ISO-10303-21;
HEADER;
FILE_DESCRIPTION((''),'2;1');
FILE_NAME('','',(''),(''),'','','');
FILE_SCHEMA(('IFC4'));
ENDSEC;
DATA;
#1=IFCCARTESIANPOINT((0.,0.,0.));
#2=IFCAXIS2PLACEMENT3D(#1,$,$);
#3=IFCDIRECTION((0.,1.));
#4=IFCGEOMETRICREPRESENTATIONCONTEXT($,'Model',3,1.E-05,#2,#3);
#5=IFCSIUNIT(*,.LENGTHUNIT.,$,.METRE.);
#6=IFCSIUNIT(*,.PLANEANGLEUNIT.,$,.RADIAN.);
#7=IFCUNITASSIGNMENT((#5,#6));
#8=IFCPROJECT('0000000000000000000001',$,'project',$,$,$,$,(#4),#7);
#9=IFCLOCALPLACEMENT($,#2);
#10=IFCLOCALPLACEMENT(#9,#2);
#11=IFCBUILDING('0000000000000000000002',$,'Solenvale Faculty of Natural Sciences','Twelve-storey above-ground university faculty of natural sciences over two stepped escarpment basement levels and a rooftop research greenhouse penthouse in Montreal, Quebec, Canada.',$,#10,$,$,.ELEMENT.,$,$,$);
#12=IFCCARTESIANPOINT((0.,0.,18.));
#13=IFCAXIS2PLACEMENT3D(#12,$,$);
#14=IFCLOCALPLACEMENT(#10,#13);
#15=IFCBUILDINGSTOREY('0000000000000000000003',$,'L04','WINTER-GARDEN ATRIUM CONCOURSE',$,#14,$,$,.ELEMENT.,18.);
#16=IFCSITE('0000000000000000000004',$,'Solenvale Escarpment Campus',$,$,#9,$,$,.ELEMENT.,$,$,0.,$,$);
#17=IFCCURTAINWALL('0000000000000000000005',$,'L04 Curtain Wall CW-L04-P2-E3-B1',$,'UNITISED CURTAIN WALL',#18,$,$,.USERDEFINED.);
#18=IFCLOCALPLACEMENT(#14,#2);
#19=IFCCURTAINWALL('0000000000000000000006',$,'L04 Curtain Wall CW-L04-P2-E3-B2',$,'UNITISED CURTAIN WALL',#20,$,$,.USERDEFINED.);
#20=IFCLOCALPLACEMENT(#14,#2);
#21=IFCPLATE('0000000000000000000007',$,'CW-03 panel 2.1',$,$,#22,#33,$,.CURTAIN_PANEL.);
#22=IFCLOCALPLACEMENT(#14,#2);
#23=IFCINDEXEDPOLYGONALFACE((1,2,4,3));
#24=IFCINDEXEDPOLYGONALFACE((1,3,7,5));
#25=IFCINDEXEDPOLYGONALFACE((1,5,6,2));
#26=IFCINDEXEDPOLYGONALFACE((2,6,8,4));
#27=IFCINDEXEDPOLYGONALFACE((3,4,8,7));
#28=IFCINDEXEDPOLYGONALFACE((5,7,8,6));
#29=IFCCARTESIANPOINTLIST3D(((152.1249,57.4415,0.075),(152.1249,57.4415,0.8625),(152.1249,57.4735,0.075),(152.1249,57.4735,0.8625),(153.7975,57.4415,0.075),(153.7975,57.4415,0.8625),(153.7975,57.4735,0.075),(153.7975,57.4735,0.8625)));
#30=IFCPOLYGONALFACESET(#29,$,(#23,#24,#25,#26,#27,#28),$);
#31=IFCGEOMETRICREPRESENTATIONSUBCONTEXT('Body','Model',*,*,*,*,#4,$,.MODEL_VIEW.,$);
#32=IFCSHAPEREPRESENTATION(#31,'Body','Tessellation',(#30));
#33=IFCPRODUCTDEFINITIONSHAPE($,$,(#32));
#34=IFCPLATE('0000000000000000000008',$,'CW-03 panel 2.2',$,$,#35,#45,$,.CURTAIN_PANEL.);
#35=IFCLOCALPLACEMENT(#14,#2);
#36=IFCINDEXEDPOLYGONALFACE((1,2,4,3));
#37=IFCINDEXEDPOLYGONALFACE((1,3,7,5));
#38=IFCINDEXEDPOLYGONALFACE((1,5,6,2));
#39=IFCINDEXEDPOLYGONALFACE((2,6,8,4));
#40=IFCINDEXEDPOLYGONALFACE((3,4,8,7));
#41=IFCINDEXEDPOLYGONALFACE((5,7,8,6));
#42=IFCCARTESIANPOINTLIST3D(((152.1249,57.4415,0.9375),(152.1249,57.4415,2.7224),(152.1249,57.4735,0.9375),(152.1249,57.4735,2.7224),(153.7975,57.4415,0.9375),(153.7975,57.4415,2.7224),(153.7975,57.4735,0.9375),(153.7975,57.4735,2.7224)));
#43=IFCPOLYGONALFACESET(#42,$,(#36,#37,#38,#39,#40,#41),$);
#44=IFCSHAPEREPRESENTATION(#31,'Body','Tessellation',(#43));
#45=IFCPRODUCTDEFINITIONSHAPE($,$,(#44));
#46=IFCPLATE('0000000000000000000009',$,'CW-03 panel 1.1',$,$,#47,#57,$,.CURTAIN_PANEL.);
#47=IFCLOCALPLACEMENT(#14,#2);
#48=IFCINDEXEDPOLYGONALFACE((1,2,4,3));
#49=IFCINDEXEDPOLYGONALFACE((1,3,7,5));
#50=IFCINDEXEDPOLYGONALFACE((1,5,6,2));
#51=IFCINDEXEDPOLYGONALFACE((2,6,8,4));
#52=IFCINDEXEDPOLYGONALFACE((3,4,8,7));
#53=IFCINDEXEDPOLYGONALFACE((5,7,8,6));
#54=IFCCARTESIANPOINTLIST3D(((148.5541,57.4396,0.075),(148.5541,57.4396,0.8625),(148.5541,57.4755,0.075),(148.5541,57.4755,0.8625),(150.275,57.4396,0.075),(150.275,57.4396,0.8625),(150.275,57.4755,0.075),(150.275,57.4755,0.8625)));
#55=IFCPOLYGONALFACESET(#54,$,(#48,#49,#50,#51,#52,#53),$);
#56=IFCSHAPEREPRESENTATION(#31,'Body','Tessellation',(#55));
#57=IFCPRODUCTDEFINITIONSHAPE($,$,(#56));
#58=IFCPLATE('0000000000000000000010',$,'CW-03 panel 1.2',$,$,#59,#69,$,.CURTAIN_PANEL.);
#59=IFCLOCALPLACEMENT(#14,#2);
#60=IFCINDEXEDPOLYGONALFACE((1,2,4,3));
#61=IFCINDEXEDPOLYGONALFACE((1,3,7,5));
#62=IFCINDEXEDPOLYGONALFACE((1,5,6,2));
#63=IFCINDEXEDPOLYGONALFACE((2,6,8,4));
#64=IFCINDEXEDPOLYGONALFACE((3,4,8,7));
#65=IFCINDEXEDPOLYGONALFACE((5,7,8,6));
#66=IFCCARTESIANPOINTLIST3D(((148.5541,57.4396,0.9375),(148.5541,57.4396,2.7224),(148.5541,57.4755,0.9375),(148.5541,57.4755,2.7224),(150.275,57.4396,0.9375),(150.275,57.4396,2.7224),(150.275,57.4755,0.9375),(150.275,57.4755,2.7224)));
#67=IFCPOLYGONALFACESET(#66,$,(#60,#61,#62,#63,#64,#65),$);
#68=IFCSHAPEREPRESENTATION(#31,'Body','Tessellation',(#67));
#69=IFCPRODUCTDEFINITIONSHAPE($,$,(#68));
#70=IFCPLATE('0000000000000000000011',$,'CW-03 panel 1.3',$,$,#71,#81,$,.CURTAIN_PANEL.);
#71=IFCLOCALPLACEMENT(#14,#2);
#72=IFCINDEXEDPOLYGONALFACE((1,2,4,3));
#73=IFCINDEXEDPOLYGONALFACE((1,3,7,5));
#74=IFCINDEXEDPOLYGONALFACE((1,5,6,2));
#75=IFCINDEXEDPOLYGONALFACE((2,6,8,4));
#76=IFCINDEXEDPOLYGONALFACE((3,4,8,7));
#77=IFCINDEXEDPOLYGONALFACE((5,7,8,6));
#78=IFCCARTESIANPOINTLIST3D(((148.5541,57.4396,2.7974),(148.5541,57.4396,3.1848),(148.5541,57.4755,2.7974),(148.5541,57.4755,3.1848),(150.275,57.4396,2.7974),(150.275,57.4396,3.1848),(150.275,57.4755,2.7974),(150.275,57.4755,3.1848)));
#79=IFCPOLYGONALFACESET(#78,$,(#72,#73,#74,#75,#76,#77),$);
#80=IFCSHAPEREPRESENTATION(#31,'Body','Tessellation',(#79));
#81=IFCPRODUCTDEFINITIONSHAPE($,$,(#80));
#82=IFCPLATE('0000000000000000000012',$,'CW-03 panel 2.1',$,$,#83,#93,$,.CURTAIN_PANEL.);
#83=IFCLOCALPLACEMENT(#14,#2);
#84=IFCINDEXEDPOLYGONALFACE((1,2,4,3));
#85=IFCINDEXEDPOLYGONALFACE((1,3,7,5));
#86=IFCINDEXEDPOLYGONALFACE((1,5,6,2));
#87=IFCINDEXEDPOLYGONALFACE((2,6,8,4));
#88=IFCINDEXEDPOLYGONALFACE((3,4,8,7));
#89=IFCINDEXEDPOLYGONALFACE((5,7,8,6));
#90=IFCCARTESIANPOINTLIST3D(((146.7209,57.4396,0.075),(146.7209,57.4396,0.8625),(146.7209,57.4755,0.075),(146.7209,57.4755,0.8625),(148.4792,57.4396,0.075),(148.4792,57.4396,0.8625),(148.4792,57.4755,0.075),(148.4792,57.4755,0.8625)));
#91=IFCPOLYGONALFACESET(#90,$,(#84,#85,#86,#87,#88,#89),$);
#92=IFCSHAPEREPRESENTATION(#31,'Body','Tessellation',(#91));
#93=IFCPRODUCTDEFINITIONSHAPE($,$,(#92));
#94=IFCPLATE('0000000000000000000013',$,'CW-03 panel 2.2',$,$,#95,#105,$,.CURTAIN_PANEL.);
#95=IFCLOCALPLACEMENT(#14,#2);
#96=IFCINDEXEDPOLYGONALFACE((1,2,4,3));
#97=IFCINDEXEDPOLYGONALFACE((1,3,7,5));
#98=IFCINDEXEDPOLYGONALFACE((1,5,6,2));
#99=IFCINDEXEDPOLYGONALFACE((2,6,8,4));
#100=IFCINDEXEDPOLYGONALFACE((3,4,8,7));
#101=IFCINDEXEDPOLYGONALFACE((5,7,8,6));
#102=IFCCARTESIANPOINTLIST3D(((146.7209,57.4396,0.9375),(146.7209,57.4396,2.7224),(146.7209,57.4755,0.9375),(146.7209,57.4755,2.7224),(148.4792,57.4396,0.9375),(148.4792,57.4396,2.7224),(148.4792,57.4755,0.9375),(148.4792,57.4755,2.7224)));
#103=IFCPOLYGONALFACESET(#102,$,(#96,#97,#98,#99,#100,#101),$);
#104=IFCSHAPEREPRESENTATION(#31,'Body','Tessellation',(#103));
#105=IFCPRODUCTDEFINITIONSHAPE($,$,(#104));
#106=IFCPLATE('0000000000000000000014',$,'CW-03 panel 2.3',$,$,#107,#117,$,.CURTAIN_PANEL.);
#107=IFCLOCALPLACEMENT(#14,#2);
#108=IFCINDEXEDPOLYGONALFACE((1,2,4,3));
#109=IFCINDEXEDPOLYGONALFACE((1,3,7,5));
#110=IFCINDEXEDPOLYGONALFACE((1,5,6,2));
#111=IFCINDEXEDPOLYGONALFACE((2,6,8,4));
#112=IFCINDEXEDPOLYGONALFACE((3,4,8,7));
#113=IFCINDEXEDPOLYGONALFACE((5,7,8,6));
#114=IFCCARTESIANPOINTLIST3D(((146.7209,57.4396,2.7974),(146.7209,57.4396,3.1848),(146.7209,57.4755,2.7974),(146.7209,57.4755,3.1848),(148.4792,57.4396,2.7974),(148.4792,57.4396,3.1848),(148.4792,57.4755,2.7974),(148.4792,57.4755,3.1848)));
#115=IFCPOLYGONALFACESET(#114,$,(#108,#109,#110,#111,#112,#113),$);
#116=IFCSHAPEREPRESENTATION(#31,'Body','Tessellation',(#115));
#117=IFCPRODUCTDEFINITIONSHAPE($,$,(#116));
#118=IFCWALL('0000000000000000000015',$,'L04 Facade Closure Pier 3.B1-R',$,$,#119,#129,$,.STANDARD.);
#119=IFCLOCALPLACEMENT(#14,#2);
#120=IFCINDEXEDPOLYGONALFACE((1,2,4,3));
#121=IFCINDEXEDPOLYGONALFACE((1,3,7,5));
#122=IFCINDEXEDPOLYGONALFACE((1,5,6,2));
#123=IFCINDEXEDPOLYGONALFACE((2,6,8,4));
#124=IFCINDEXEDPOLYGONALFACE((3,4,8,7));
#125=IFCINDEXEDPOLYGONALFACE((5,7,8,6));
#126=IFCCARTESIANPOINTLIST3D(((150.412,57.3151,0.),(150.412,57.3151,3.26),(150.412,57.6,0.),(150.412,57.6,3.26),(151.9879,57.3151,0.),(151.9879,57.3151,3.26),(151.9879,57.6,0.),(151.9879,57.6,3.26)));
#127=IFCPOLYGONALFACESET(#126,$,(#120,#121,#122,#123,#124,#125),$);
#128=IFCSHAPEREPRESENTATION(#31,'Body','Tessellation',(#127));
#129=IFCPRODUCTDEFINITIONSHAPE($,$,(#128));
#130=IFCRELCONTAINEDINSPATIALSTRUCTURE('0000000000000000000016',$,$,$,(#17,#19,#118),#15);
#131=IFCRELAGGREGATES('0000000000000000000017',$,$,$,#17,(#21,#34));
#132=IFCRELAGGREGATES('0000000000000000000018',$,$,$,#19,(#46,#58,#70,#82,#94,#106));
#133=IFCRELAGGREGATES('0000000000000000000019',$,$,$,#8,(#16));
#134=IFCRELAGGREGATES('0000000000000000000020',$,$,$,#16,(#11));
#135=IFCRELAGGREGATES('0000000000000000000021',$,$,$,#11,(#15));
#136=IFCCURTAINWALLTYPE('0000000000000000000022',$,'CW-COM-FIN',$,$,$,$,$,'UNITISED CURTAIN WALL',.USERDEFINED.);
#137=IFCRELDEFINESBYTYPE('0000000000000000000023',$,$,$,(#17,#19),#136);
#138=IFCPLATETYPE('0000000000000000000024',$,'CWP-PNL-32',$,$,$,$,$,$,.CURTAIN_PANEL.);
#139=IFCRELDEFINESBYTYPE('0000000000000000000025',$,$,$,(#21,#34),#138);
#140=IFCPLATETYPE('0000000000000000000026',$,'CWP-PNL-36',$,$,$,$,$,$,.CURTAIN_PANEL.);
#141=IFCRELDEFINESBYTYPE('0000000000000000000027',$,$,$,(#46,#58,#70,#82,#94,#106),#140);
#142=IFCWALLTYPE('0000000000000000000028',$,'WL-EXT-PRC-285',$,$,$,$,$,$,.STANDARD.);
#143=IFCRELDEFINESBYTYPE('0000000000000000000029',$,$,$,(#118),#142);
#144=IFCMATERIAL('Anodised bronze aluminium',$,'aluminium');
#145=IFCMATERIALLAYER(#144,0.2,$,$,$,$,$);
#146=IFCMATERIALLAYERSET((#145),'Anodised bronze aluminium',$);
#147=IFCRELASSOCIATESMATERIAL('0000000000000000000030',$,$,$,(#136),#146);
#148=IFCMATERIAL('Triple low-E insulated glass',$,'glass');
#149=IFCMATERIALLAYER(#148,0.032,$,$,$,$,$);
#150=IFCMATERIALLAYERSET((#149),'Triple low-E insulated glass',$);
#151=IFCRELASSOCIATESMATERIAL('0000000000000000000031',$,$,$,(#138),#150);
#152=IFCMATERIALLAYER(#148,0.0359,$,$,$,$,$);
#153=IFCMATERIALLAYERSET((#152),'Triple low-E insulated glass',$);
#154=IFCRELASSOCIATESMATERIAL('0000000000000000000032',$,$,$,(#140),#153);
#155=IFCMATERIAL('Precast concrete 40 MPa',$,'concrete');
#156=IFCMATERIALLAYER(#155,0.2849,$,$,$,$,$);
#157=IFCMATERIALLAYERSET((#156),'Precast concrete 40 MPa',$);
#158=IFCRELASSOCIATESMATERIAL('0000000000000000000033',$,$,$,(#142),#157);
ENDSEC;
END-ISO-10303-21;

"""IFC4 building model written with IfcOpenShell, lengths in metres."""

from ifc_helpers import new_model, si_unit, direction, frame, frame_2d, origin, origin_2d, place, context, subcontext, project, spatial, rectangle, extrude, material, layer, layer_set, type_object, element, aggregate, save


model = new_model("IFC4")

# Units and contexts
model_context = context("Model", 3, precision=1e-05, world=origin(), true_north=direction((0.0, 1.0)))
body_context = subcontext(model_context, "Body", "Model", "MODEL_VIEW")
ifc_project = project(units=[si_unit("LENGTHUNIT", "METRE"), si_unit("PLANEANGLEUNIT", "RADIAN")], contexts=[model_context])

# Site, building, storey
site_placement = place(None, origin())
site = spatial("IfcSite", under=ifc_project, at=site_placement, Name="Solenvale Escarpment Campus", CompositionType="ELEMENT", RefElevation=0.0)
building_placement = place(site_placement, origin())
building = spatial("IfcBuilding", under=site, at=building_placement, Name="Solenvale Faculty of Natural Sciences", Description="Twelve-storey above-ground university faculty of natural sciences over two stepped escarpment basement levels and a rooftop research greenhouse penthouse in Montreal, Quebec, Canada.", CompositionType="ELEMENT")
storey_placement = place(building_placement, frame((0.0, 0.0, 18.0)))
storey = spatial("IfcBuildingStorey", under=building, at=storey_placement, Name="L04", Description="WINTER-GARDEN ATRIUM CONCOURSE", CompositionType="ELEMENT", Elevation=18.0)

# Curtain wall
ifc_material_1 = material(Name="Anodised bronze aluminium", Category="aluminium")
ifc_layer_1 = layer(ifc_material_1, 0.2)
ifc_layer_set_1 = layer_set([ifc_layer_1], Name="Anodised bronze aluminium")
curtain_wall_type = type_object("IfcCurtainWallType", Name="CW-COM-FIN", ElementType="UNITISED CURTAIN WALL", PredefinedType="USERDEFINED", material=ifc_layer_set_1)
curtain_wall_1_placement = place(storey_placement, origin())
curtain_wall_1 = element("IfcCurtainWall", 1, at=curtain_wall_1_placement, inside=storey, type_object=curtain_wall_type, Name="L04 Curtain Wall CW-L04-P2-E3-B1", ObjectType="UNITISED CURTAIN WALL", PredefinedType="USERDEFINED")

# Curtain wall
curtain_wall_2_placement = place(storey_placement, origin())
curtain_wall_2 = element("IfcCurtainWall", 2, at=curtain_wall_2_placement, inside=storey, type_object=curtain_wall_type, Name="L04 Curtain Wall CW-L04-P2-E3-B2", ObjectType="UNITISED CURTAIN WALL", PredefinedType="USERDEFINED")

# Plates
ifc_material_2 = material(Name="Triple low-E insulated glass", Category="glass")
ifc_layer_2 = layer(ifc_material_2, 0.032)
ifc_layer_set_2 = layer_set([ifc_layer_2], Name="Triple low-E insulated glass")
plate_type_1 = type_object("IfcPlateType", Name="CWP-PNL-32", PredefinedType="CURTAIN_PANEL", material=ifc_layer_set_2)
plate_1_placement = place(storey_placement, frame((152.9612, 57.4575, 0.075), z_axis=(0.0, 0.0, 1.0), x_axis=(-1.0, 0.0, 0.0)))
plate_1 = element("IfcPlate", 3, at=plate_1_placement, type_object=plate_type_1, Name="CW-03 panel 2.1", PredefinedType="CURTAIN_PANEL", context=body_context, shape_type="SweptSolid", body=[
    extrude(rectangle(XDim=1.6726, YDim=0.032, at=origin_2d()), origin(), (0.0, 0.0, 1.0), 0.7876),
])
plate_2_placement = place(storey_placement, frame((152.9612, 57.4575, 0.9375), z_axis=(0.0, 0.0, 1.0), x_axis=(-1.0, 0.0, 0.0)))
plate_2 = element("IfcPlate", 4, at=plate_2_placement, type_object=plate_type_1, Name="CW-03 panel 2.2", PredefinedType="CURTAIN_PANEL", context=body_context, shape_type="SweptSolid", body=[
    extrude(rectangle(XDim=1.6726, YDim=0.032, at=origin_2d()), origin(), (0.0, 0.0, 1.0), 1.7849),
])
aggregate(curtain_wall_1, [plate_1, plate_2])
ifc_layer_3 = layer(ifc_material_2, 0.0359)
ifc_layer_set_3 = layer_set([ifc_layer_3], Name="Triple low-E insulated glass")
plate_type_2 = type_object("IfcPlateType", Name="CWP-PNL-36", PredefinedType="CURTAIN_PANEL", material=ifc_layer_set_3)
plate_3_placement = place(storey_placement, frame((149.4146, 57.4575, 0.075), z_axis=(0.0, 0.0, 1.0), x_axis=(-1.0, 0.0, 0.0)))
plate_3 = element("IfcPlate", 5, at=plate_3_placement, type_object=plate_type_2, Name="CW-03 panel 1.1", PredefinedType="CURTAIN_PANEL", context=body_context, shape_type="SweptSolid", body=[
    extrude(rectangle(XDim=1.7209, YDim=0.0359, at=origin_2d()), origin(), (0.0, 0.0, 1.0), 0.7876),
])
plate_4_placement = place(storey_placement, frame((149.4146, 57.4575, 0.9375), z_axis=(0.0, 0.0, 1.0), x_axis=(-1.0, 0.0, 0.0)))
plate_4 = element("IfcPlate", 6, at=plate_4_placement, type_object=plate_type_2, Name="CW-03 panel 1.2", PredefinedType="CURTAIN_PANEL", context=body_context, shape_type="SweptSolid", body=[
    extrude(rectangle(XDim=1.7209, YDim=0.0359, at=origin_2d()), origin(), (0.0, 0.0, 1.0), 1.7849),
])
plate_5_placement = place(storey_placement, frame((149.4146, 57.4575, 2.7974), z_axis=(0.0, 0.0, 1.0), x_axis=(-1.0, 0.0, 0.0)))
plate_5 = element("IfcPlate", 7, at=plate_5_placement, type_object=plate_type_2, Name="CW-03 panel 1.3", PredefinedType="CURTAIN_PANEL", context=body_context, shape_type="SweptSolid", body=[
    extrude(rectangle(XDim=1.7209, YDim=0.0359, at=origin_2d()), origin(), (0.0, 0.0, 1.0), 0.3875),
])
plate_6_placement = place(storey_placement, frame((147.6001, 57.4575, 0.075), z_axis=(0.0, 0.0, 1.0), x_axis=(-1.0, 0.0, 0.0)))
plate_6 = element("IfcPlate", 8, at=plate_6_placement, type_object=plate_type_2, Name="CW-03 panel 2.1", PredefinedType="CURTAIN_PANEL", context=body_context, shape_type="SweptSolid", body=[
    extrude(rectangle(XDim=1.7583, YDim=0.0359, at=origin_2d()), origin(), (0.0, 0.0, 1.0), 0.7876),
])
plate_7_placement = place(storey_placement, frame((147.6001, 57.4575, 0.9375), z_axis=(0.0, 0.0, 1.0), x_axis=(-1.0, 0.0, 0.0)))
plate_7 = element("IfcPlate", 9, at=plate_7_placement, type_object=plate_type_2, Name="CW-03 panel 2.2", PredefinedType="CURTAIN_PANEL", context=body_context, shape_type="SweptSolid", body=[
    extrude(rectangle(XDim=1.7583, YDim=0.0359, at=origin_2d()), origin(), (0.0, 0.0, 1.0), 1.7849),
])
plate_8_placement = place(storey_placement, frame((147.6001, 57.4575, 2.7974), z_axis=(0.0, 0.0, 1.0), x_axis=(-1.0, 0.0, 0.0)))
plate_8 = element("IfcPlate", 10, at=plate_8_placement, type_object=plate_type_2, Name="CW-03 panel 2.3", PredefinedType="CURTAIN_PANEL", context=body_context, shape_type="SweptSolid", body=[
    extrude(rectangle(XDim=1.7583, YDim=0.0359, at=origin_2d()), origin(), (0.0, 0.0, 1.0), 0.3875),
])
aggregate(curtain_wall_2, [plate_3, plate_4, plate_5, plate_6, plate_7, plate_8])

# Wall
ifc_material_3 = material(Name="Precast concrete 40 MPa", Category="concrete")
ifc_layer_4 = layer(ifc_material_3, 0.2849)
ifc_layer_set_4 = layer_set([ifc_layer_4], Name="Precast concrete 40 MPa")
wall_type = type_object("IfcWallType", Name="WL-EXT-PRC-285", PredefinedType="STANDARD", material=ifc_layer_set_4)
wall_placement = place(storey_placement, frame((151.988, 57.4575, 0.0), z_axis=(0.0, 0.0, 1.0), x_axis=(-1.0, 0.0, 0.0)))
element("IfcWall", 11, at=wall_placement, inside=storey, type_object=wall_type, Name="L04 Facade Closure Pier 3.B1-R", PredefinedType="STANDARD", context=body_context, shape_type="SweptSolid", body=[
    extrude(rectangle(XDim=1.5759, YDim=0.2849, at=frame_2d((0.7881, 0.0))), origin(), (0.0, 0.0, 1.0), 3.26),
])

save(model, "model.ifc")
